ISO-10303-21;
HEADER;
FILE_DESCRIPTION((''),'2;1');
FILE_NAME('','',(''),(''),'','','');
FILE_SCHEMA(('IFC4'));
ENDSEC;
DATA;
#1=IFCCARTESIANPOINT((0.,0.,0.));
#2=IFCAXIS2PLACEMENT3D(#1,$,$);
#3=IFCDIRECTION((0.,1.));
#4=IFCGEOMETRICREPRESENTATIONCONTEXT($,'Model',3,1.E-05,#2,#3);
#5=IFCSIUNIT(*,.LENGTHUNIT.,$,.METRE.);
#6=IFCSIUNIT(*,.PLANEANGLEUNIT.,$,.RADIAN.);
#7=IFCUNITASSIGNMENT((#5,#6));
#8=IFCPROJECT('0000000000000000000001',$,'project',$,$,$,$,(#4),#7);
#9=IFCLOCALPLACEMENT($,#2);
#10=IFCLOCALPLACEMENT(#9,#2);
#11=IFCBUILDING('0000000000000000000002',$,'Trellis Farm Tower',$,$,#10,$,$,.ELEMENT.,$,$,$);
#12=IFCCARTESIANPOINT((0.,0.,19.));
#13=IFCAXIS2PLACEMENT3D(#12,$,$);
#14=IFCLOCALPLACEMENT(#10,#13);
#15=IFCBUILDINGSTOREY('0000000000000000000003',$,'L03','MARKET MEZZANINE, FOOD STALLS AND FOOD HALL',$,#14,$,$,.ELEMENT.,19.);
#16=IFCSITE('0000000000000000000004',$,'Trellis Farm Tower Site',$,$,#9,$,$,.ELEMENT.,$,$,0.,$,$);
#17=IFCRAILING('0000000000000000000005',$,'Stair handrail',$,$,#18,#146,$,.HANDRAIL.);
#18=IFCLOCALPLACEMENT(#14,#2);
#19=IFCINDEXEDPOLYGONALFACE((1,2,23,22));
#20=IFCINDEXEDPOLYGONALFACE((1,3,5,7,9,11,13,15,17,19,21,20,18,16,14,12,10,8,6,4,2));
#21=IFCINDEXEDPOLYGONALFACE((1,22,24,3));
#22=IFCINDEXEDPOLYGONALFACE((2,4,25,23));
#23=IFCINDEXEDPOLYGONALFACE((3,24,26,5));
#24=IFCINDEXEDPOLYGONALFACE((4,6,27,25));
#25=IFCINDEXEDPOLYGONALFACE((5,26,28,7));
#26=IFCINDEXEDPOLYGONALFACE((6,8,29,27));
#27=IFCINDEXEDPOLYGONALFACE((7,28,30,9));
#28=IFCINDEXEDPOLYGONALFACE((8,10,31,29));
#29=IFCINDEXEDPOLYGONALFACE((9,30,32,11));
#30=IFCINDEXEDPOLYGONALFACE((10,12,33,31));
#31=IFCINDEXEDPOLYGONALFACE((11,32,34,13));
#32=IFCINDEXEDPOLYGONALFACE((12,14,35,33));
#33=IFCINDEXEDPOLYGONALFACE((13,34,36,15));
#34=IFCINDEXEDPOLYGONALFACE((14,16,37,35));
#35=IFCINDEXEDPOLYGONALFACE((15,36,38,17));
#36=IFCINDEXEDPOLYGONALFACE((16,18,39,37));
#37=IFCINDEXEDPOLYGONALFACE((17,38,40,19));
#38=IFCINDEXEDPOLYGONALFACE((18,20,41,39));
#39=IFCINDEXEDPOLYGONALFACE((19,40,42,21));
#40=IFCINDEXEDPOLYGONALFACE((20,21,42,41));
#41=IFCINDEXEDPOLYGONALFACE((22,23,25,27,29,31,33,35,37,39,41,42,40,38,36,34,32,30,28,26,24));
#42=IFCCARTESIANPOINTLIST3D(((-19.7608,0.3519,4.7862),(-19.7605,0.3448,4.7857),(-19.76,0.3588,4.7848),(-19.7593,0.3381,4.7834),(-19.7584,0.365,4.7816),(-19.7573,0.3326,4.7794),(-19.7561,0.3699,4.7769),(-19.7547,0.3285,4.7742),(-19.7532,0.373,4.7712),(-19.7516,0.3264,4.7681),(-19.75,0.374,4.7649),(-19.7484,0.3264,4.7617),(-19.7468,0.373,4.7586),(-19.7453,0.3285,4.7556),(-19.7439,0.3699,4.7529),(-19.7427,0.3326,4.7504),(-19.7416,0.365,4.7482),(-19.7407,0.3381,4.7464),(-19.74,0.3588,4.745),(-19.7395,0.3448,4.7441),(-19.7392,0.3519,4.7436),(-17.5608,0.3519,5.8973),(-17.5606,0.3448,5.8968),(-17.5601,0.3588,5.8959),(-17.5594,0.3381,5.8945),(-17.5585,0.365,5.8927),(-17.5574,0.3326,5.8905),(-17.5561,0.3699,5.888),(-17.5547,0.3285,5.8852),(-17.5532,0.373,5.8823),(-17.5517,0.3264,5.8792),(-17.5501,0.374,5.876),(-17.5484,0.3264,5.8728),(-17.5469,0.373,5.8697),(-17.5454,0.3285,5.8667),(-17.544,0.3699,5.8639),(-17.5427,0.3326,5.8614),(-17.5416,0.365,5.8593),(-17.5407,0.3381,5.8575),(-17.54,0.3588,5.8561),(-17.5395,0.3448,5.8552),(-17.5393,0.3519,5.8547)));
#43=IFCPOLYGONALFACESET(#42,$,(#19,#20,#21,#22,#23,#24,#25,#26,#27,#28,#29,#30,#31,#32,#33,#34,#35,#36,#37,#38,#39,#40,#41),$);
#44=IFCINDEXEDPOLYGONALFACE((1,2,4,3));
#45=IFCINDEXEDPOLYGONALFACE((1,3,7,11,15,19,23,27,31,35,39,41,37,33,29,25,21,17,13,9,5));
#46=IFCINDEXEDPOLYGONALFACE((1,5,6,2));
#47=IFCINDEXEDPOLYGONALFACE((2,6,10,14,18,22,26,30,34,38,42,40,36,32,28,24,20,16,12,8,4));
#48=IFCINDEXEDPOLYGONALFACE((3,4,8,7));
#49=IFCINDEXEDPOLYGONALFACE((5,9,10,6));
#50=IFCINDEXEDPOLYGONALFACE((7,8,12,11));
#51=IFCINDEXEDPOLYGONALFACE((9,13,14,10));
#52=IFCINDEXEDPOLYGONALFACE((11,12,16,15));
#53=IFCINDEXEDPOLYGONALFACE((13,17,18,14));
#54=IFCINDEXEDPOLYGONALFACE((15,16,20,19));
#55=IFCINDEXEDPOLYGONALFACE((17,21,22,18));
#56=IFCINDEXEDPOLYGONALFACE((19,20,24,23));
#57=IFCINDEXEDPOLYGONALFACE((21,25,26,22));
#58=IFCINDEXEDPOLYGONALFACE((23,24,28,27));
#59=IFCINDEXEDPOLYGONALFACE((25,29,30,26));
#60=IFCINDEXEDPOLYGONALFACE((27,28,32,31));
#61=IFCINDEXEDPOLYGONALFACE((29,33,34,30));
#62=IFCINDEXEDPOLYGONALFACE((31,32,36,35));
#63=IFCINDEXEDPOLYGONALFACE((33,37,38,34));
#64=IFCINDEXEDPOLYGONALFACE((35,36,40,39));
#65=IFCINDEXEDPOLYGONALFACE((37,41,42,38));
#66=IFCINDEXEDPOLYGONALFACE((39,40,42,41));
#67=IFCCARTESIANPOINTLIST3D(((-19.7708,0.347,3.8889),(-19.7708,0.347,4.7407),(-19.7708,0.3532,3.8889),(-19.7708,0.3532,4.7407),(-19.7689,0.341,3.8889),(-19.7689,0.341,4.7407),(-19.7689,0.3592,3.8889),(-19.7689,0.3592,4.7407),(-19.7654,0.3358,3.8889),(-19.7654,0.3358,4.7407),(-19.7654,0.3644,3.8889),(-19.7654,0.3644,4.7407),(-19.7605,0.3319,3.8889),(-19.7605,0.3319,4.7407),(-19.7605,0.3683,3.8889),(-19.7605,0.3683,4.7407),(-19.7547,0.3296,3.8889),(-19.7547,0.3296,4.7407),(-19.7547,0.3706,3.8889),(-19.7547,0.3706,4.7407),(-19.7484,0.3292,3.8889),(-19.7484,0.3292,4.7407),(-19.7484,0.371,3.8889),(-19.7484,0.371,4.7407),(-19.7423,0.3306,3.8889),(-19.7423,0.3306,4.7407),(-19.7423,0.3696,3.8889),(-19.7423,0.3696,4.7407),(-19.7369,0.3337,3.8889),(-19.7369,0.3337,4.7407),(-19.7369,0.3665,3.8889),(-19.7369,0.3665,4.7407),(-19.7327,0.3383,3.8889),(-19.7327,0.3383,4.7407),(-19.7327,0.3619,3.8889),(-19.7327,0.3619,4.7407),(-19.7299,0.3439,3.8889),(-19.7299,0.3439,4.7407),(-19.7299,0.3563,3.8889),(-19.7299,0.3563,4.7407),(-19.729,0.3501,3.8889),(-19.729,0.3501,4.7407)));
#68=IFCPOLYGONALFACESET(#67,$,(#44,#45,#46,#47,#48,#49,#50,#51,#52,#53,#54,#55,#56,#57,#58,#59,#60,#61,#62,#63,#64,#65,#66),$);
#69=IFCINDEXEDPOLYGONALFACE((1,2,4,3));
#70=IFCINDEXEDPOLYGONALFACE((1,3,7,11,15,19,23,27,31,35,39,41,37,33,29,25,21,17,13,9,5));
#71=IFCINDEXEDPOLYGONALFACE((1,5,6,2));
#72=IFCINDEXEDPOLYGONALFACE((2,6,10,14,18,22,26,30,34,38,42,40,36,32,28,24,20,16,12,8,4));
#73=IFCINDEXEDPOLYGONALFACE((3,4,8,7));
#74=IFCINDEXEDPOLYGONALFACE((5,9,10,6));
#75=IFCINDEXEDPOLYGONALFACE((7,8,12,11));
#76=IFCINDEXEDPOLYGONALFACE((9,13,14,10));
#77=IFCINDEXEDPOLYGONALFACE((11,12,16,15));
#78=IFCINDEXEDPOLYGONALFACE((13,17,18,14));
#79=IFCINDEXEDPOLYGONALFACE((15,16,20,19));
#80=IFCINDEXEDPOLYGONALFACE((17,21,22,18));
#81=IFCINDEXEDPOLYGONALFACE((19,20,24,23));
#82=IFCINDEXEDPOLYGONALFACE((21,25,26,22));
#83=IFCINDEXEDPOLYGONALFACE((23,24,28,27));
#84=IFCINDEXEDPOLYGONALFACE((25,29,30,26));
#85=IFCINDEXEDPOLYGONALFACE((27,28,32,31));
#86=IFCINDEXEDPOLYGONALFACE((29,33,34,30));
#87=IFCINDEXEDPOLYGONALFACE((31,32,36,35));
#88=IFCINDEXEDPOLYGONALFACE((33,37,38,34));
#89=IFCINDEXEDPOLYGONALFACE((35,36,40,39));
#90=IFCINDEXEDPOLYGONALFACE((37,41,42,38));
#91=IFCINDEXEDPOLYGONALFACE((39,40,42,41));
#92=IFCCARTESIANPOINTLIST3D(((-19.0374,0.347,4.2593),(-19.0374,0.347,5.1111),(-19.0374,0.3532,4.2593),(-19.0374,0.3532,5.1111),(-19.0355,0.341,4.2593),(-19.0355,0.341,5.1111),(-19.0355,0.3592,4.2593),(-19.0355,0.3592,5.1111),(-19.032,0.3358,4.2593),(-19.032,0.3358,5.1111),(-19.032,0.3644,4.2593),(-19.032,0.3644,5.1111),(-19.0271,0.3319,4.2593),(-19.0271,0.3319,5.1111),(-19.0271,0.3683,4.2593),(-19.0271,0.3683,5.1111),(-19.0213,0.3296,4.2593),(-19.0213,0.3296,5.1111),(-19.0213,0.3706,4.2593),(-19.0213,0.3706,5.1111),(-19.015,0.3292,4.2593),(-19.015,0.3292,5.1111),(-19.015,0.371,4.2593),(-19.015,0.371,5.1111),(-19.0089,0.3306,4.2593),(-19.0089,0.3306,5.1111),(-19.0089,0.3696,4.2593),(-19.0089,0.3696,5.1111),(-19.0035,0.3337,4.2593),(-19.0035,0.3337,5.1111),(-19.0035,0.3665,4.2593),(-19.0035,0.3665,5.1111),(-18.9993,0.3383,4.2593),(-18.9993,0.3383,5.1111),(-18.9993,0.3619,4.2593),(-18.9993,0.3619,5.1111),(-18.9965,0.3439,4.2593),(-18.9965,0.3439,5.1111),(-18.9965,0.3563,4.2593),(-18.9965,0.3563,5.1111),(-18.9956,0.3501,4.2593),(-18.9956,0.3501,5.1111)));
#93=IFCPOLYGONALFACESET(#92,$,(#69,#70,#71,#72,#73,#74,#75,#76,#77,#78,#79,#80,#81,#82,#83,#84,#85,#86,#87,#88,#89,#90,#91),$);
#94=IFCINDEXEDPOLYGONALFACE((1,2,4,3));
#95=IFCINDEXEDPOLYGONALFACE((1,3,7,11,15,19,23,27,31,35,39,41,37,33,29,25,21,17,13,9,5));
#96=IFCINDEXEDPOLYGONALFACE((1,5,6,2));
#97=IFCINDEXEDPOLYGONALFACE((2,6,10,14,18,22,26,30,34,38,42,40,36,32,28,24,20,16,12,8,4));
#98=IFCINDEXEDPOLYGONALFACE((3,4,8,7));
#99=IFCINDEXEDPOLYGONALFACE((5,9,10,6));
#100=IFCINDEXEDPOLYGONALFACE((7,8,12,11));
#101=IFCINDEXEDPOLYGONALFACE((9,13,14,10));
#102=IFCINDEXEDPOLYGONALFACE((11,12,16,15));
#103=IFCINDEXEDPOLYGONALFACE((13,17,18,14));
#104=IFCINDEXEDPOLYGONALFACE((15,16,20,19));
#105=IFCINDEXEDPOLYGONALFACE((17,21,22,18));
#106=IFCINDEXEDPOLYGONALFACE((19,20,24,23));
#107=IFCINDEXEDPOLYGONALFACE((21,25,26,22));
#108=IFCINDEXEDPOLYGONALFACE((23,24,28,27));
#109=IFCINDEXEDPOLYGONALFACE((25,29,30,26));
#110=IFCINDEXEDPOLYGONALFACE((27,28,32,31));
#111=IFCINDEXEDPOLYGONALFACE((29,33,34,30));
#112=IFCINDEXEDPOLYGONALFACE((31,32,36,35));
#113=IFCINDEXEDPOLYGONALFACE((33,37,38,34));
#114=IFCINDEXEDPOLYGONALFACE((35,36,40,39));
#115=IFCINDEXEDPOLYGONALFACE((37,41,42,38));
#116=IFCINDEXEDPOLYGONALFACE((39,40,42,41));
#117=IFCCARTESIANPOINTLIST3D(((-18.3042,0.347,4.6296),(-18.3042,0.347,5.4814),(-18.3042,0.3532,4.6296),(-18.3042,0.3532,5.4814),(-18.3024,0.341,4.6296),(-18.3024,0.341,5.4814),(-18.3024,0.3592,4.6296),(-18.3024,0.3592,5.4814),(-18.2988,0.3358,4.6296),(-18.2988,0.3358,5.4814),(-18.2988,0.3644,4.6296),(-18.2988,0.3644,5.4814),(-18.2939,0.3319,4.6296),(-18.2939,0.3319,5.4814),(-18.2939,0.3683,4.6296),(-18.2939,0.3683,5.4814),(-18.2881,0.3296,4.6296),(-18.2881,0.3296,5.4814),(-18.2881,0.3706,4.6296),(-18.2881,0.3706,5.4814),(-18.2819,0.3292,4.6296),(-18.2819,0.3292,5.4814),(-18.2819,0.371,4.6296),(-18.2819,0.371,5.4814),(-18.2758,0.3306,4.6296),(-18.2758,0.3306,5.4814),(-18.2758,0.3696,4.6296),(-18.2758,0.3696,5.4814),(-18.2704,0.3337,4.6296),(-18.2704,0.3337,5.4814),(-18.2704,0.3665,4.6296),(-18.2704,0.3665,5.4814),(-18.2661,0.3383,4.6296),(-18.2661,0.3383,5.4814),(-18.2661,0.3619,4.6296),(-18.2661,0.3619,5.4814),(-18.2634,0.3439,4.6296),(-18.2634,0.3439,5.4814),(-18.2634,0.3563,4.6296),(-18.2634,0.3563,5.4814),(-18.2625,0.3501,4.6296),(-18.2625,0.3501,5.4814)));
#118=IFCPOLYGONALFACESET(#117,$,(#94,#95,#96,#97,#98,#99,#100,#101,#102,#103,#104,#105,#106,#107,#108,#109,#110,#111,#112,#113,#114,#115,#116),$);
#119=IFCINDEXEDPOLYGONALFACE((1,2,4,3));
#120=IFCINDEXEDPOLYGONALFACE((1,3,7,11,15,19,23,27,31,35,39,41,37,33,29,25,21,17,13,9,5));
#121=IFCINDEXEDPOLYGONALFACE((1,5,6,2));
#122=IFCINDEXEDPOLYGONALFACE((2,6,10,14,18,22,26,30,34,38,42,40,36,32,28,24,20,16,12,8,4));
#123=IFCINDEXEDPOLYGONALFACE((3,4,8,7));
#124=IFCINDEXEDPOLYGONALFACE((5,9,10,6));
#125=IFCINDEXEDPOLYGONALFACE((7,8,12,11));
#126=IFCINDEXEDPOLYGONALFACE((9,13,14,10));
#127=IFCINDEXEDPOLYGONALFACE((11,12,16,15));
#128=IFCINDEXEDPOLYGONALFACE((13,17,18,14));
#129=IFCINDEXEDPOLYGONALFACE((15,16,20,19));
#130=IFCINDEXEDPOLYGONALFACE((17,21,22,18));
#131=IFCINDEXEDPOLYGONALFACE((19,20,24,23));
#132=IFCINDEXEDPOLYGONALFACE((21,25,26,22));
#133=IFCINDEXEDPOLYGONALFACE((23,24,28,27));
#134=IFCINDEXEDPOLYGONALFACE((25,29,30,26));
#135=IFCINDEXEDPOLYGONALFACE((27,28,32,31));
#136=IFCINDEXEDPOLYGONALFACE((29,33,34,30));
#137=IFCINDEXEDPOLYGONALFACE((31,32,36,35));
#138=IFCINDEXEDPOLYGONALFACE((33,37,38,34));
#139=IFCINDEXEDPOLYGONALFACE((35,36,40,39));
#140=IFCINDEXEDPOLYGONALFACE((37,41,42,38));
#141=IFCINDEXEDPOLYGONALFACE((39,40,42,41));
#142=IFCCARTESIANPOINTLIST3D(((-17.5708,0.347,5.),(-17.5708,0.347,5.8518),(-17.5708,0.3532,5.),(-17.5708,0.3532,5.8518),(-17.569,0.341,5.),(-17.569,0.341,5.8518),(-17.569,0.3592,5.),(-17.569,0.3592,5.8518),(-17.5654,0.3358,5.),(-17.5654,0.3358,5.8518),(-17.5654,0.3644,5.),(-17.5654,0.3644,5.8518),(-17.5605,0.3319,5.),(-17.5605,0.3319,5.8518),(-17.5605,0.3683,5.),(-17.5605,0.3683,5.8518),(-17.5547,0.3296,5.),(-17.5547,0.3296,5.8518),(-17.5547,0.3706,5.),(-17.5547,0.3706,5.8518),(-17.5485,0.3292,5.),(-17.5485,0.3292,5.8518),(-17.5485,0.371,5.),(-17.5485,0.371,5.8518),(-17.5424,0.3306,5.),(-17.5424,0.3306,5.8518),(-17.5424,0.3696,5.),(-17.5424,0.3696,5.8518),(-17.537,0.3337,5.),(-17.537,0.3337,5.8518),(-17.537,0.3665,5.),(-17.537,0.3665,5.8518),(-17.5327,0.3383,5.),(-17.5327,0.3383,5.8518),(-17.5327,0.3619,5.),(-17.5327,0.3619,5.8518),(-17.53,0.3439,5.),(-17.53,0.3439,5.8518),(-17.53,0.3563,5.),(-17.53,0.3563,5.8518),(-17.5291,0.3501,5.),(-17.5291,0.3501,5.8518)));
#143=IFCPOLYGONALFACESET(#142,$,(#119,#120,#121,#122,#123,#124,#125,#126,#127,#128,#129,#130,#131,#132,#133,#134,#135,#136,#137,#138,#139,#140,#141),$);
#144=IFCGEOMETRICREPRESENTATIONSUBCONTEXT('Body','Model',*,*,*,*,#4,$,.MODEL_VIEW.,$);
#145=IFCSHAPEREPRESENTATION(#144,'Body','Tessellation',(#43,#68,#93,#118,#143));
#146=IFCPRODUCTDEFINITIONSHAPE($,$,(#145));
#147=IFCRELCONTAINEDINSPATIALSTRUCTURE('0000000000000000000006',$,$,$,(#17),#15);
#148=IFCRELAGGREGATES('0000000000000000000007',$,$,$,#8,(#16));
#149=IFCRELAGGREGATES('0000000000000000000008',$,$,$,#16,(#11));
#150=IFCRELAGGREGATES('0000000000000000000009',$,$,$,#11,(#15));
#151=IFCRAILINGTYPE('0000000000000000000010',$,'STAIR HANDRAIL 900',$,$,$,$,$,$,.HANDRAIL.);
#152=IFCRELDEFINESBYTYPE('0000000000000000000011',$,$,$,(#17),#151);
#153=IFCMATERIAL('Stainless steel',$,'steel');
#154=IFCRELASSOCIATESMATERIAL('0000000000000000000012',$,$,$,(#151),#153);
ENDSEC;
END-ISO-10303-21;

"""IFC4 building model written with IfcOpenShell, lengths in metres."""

from ifc_helpers import new_model, si_unit, direction, frame, origin, origin_2d, place, context, subcontext, project, spatial, circle, extrude, source, transform, mapped, material, type_object, element, save


model = new_model("IFC4")

# Units and contexts
model_context = context("Model", 3, precision=1e-05, world=origin(), true_north=direction((0.0, 1.0)))
body_context = subcontext(model_context, "Body", "Model", "MODEL_VIEW")
ifc_project = project(units=[si_unit("LENGTHUNIT", "METRE"), si_unit("PLANEANGLEUNIT", "RADIAN")], contexts=[model_context])

# Site, building, storey
site_placement = place(None, origin())
site = spatial("IfcSite", under=ifc_project, at=site_placement, Name="Trellis Farm Tower Site", CompositionType="ELEMENT", RefElevation=0.0)
building_placement = place(site_placement, origin())
building = spatial("IfcBuilding", under=site, at=building_placement, Name="Trellis Farm Tower", CompositionType="ELEMENT")
storey_placement = place(building_placement, frame((0.0, 0.0, 19.0)))
storey = spatial("IfcBuildingStorey", under=building, at=storey_placement, Name="L03", Description="MARKET MEZZANINE, FOOD STALLS AND FOOD HALL", CompositionType="ELEMENT", Elevation=19.0)

# Railing
ifc_material_1 = material(Name="Stainless steel", Category="steel")
railing_type = type_object("IfcRailingType", Name="STAIR HANDRAIL 900", PredefinedType="HANDRAIL", material=ifc_material_1)
shared_shape_1 = source(origin(), body_context, "Body", "SweptSolid", [
    extrude(circle(Radius=0.0239, at=origin_2d()), frame((0.0, 0.0, 0.876), z_axis=(0.892617, 0.0, 0.450816), x_axis=(0.0, 1.0, 0.0)), (0.0, 0.0, 1.0), 2.4646),
    extrude(circle(Radius=0.021, at=origin_2d()), origin(), (0.0, 0.0, 1.0), 0.8518),
    extrude(circle(Radius=0.021, at=origin_2d()), frame((0.7334, 0.0, 0.3704)), (0.0, 0.0, 1.0), 0.8518),
    extrude(circle(Radius=0.021, at=origin_2d()), frame((1.4666, 0.0, 0.7407)), (0.0, 0.0, 1.0), 0.8518),
    extrude(circle(Radius=0.021, at=origin_2d()), frame((2.2, 0.0, 1.1111)), (0.0, 0.0, 1.0), 0.8518),
])
for number, where, name in (
    (1, (-19.75, 0.3501, 3.8889), "Stair handrail"),
):
    element("IfcRailing", number, at=place(storey_placement, frame(where)), inside=storey, type_object=railing_type, Name=name, PredefinedType="HANDRAIL", context=body_context, shape_type="MappedRepresentation", body=[
        mapped(shared_shape_1, transform((0.0, 0.0, 0.0))),
    ])

save(model, "model.ifc")
